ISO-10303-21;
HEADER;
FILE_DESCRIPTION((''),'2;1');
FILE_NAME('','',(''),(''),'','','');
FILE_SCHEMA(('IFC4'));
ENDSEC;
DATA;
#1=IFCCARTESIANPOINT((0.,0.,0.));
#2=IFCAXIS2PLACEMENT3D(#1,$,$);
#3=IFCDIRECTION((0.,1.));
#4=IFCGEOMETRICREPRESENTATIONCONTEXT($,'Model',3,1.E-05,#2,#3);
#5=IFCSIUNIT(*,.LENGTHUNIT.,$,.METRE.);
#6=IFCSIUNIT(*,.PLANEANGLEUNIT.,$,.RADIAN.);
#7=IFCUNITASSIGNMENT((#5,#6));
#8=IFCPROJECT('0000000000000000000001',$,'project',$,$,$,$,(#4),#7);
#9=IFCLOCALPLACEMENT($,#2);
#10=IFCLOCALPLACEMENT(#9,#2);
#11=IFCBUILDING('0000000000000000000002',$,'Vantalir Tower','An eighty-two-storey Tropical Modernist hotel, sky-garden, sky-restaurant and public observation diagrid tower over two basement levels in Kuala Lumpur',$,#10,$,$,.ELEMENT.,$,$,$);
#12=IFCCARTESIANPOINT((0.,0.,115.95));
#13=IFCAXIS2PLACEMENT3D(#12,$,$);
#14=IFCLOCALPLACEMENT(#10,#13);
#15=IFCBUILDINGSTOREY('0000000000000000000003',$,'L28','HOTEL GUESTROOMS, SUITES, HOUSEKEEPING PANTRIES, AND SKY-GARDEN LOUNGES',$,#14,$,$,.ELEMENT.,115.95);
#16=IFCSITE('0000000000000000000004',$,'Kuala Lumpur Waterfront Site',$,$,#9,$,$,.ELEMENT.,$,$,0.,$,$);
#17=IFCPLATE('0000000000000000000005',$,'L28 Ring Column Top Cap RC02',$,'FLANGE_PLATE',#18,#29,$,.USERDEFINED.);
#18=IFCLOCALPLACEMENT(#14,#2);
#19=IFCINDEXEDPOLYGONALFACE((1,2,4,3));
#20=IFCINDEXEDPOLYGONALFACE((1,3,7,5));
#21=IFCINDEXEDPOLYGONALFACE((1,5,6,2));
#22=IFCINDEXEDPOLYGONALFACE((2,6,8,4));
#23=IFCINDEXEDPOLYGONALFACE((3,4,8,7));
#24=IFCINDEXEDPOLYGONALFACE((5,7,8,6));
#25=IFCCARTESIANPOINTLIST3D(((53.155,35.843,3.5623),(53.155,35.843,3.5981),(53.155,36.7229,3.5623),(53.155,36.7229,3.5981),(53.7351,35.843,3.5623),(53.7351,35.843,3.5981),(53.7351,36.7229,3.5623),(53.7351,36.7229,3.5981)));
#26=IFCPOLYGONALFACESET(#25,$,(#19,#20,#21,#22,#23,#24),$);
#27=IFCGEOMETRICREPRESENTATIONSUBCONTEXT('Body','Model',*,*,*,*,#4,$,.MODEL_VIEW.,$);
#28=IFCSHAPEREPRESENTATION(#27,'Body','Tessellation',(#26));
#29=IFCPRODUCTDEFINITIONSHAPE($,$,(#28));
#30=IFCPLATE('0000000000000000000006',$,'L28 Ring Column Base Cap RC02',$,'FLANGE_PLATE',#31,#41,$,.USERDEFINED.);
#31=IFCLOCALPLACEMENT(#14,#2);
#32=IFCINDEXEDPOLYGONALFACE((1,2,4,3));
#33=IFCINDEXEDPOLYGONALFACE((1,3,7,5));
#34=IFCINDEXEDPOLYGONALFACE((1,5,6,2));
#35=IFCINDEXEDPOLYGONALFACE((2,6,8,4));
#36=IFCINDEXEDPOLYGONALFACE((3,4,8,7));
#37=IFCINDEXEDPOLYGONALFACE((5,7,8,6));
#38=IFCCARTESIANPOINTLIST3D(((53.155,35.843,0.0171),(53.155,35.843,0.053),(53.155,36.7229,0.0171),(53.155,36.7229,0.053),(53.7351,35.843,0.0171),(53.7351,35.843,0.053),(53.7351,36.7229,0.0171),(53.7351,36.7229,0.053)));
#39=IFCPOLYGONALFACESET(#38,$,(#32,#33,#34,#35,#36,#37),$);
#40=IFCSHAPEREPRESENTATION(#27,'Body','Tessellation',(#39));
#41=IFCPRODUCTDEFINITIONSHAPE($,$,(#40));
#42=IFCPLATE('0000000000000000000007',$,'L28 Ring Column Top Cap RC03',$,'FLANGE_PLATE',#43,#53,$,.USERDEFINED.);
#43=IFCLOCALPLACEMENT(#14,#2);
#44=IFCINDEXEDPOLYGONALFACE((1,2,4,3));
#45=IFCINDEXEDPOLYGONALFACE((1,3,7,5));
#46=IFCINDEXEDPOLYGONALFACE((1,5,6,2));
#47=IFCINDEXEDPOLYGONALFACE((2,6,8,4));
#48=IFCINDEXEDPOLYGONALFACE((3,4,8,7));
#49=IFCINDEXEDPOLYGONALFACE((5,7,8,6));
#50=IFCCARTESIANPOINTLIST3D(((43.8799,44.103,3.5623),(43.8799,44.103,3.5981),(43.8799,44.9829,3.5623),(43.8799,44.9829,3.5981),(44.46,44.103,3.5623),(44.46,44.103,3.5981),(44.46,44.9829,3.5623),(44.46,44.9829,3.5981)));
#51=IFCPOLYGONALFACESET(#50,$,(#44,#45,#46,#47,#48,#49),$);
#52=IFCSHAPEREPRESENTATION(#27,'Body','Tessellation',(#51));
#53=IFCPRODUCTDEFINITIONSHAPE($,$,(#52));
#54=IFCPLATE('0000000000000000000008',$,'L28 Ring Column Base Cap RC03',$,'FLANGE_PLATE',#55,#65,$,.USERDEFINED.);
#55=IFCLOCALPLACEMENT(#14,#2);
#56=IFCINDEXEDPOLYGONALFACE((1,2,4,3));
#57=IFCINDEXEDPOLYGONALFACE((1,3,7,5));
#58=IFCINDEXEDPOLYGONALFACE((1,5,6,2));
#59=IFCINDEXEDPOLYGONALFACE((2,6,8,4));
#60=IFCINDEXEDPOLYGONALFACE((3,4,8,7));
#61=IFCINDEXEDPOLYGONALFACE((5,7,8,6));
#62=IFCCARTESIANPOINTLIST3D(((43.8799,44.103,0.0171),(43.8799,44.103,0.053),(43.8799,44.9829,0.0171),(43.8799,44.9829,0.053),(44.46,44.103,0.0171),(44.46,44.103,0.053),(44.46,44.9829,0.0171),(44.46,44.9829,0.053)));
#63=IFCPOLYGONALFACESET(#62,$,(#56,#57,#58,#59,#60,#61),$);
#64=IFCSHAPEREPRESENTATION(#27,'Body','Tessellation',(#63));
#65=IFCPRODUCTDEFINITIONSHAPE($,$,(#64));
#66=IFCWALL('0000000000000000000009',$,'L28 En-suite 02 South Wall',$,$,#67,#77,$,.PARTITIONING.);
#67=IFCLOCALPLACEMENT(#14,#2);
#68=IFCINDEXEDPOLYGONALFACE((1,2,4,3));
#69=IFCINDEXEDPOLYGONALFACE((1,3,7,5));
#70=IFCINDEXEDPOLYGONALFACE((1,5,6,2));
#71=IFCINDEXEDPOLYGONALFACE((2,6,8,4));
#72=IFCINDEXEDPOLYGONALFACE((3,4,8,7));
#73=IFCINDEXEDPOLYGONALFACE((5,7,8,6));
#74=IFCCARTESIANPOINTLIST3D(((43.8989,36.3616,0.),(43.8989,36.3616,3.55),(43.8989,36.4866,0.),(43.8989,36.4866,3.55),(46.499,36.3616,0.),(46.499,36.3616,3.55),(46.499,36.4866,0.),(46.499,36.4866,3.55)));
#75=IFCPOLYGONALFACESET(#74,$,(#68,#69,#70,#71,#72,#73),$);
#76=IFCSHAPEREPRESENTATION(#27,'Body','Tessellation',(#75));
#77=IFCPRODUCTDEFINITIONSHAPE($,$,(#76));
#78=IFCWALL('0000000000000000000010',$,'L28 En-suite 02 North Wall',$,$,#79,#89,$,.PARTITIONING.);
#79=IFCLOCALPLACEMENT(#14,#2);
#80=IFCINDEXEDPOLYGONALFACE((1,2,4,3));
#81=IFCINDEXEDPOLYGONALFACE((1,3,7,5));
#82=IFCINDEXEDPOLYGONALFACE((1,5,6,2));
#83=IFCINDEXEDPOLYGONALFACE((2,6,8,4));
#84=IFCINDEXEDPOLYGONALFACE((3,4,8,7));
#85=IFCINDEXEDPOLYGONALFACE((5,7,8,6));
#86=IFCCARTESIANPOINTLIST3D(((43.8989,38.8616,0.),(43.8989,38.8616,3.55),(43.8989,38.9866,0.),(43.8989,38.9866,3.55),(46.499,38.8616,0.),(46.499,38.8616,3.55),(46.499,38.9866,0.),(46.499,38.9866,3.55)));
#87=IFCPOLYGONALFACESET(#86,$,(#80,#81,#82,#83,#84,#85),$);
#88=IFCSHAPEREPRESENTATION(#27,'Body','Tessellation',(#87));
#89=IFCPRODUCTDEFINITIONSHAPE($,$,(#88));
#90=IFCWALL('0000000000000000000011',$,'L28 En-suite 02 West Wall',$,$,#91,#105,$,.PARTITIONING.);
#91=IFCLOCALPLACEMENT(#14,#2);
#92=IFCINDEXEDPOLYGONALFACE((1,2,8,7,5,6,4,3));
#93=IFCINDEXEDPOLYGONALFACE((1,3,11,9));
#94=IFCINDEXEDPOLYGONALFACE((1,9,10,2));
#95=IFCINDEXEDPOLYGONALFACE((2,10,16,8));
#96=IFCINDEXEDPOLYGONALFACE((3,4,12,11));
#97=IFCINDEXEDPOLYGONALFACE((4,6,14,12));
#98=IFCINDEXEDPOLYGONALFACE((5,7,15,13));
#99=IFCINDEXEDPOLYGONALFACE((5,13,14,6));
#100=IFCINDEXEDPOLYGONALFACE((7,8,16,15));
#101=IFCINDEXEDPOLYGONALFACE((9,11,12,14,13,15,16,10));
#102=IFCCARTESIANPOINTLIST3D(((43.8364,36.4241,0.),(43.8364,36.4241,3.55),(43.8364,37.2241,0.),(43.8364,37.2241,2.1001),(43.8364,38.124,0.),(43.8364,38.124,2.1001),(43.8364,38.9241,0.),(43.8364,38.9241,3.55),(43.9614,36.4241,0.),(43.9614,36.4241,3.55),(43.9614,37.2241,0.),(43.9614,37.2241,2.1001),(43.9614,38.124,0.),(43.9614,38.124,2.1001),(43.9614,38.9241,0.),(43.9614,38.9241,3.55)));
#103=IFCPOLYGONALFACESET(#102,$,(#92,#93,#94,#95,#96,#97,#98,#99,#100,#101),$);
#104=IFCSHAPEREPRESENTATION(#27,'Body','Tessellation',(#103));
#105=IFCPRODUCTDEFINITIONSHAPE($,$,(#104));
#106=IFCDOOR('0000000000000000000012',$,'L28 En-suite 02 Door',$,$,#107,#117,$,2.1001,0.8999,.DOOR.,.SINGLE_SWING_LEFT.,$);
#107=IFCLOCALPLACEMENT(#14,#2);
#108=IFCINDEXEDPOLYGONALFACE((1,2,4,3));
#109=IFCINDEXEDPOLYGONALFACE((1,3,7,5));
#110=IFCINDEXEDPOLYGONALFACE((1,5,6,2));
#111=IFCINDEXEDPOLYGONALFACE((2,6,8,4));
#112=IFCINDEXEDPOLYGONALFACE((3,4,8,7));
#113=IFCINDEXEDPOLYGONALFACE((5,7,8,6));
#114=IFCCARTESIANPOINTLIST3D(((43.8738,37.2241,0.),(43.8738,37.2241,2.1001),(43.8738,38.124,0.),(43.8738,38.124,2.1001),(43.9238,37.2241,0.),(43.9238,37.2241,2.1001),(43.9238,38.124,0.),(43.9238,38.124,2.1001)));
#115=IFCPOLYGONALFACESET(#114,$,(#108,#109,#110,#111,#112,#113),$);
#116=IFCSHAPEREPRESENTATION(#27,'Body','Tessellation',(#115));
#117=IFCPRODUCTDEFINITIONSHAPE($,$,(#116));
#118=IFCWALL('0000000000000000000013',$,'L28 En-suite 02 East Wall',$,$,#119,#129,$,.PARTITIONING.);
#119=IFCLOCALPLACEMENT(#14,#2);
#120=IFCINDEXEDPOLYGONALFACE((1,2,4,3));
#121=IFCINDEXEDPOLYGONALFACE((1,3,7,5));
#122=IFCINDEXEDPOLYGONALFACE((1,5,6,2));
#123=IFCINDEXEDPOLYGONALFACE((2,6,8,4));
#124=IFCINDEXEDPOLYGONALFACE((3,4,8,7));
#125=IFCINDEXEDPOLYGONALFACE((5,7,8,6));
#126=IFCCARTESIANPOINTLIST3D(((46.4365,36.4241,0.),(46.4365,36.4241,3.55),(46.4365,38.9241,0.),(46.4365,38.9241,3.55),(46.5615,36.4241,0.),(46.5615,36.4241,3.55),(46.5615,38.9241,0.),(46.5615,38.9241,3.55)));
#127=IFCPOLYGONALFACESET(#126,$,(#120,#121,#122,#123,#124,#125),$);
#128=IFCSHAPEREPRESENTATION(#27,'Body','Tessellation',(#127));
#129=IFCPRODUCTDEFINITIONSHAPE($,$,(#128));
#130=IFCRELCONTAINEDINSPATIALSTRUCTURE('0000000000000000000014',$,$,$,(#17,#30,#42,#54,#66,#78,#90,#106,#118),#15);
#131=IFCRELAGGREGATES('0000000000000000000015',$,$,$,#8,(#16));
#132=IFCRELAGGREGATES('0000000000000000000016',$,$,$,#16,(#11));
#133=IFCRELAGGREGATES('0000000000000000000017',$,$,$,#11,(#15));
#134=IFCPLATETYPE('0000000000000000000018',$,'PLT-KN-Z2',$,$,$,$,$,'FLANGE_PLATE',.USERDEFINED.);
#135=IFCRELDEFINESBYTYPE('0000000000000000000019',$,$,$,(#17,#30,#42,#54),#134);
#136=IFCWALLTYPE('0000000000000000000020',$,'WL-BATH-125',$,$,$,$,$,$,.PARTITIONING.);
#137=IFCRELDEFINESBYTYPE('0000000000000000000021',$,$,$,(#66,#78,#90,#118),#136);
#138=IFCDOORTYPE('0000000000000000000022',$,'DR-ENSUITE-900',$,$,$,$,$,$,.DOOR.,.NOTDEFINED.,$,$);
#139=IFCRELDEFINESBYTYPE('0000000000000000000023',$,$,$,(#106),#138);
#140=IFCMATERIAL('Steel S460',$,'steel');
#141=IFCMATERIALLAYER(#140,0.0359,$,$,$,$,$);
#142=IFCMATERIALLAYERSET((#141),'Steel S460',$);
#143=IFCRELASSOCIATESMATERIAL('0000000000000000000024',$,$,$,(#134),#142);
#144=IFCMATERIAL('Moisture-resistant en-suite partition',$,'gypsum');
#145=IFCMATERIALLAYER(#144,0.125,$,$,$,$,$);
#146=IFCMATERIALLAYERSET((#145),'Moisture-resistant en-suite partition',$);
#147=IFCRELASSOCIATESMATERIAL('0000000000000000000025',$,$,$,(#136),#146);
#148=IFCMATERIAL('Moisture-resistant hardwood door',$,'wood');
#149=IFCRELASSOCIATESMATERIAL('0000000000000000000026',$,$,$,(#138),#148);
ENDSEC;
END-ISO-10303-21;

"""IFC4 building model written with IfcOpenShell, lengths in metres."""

from ifc_helpers import new_model, si_unit, direction, frame, frame_2d, origin, place, context, subcontext, project, spatial, polyline, rectangle, outline, extrude, material, layer, layer_set, type_object, element, fill, save


model = new_model("IFC4")

# Units and contexts
model_context = context("Model", 3, precision=1e-05, world=origin(), true_north=direction((0.0, 1.0)))
body_context = subcontext(model_context, "Body", "Model", "MODEL_VIEW")
ifc_project = project(units=[si_unit("LENGTHUNIT", "METRE"), si_unit("PLANEANGLEUNIT", "RADIAN")], contexts=[model_context])

# Site, building, storey
site_placement = place(None, origin())
site = spatial("IfcSite", under=ifc_project, at=site_placement, Name="Kuala Lumpur Waterfront Site", CompositionType="ELEMENT", RefElevation=0.0)
building_placement = place(site_placement, origin())
building = spatial("IfcBuilding", under=site, at=building_placement, Name="Vantalir Tower", Description="An eighty-two-storey Tropical Modernist hotel, sky-garden, sky-restaurant and public observation diagrid tower over two basement levels in Kuala Lumpur", CompositionType="ELEMENT")
storey_placement = place(building_placement, frame((0.0, 0.0, 115.95)))
storey = spatial("IfcBuildingStorey", under=building, at=storey_placement, Name="L28", Description="HOTEL GUESTROOMS, SUITES, HOUSEKEEPING PANTRIES, AND SKY-GARDEN LOUNGES", CompositionType="ELEMENT", Elevation=115.95)

# Shared definitions
ifc_material_1 = material(Name="Steel S460", Category="steel")

# Plates
ifc_layer_1 = layer(ifc_material_1, 0.0359)
ifc_layer_set_1 = layer_set([ifc_layer_1], Name="Steel S460")
plate_type_1 = type_object("IfcPlateType", Name="PLT-KN-Z2", ElementType="FLANGE_PLATE", PredefinedType="USERDEFINED", material=ifc_layer_set_1)
for number, where, z_axis, x_axis, name in (
    (1, (53.155, 36.7229, 3.5981), (0.0, 0.0, 1.0), (0.0, -1.0, 0.0), "L28 Ring Column Top Cap RC02"),
    (2, (53.155, 36.7229, 0.053), (0.0, 0.0, 1.0), (0.0, -1.0, 0.0), "L28 Ring Column Base Cap RC02"),
    (3, (43.8799, 44.9829, 3.5981), (0.0, 0.0, 1.0), (0.0, -1.0, 0.0), "L28 Ring Column Top Cap RC03"),
    (4, (43.8799, 44.9829, 0.053), (0.0, 0.0, 1.0), (0.0, -1.0, 0.0), "L28 Ring Column Base Cap RC03"),
):
    element("IfcPlate", number, at=place(storey_placement, frame(where, z_axis=z_axis, x_axis=x_axis)), inside=storey, type_object=plate_type_1, Name=name, ObjectType="FLANGE_PLATE", PredefinedType="USERDEFINED", context=body_context, shape_type="SweptSolid", body=[
        extrude(outline(polyline([(0.0, 0.0), (0.8799, 0.0), (0.8799, 0.5801), (0.0, 0.5801), (0.0, 0.0)])), origin(), (0.0, 0.0, -1.0), 0.0359),
    ])

# Walls
ifc_material_2 = material(Name="Moisture-resistant en-suite partition", Category="gypsum")
ifc_layer_2 = layer(ifc_material_2, 0.125)
ifc_layer_set_2 = layer_set([ifc_layer_2], Name="Moisture-resistant en-suite partition")
wall_type = type_object("IfcWallType", Name="WL-BATH-125", PredefinedType="PARTITIONING", material=ifc_layer_set_2)
for number, where, z_axis, x_axis, name in (
    (5, (43.8989, 36.4241, 0.0), (0.0, 0.0, 1.0), (1.0, 0.0, 0.0), "L28 En-suite 02 South Wall"),
    (6, (43.8989, 38.9241, 0.0), (0.0, 0.0, 1.0), (1.0, 0.0, 0.0), "L28 En-suite 02 North Wall"),
):
    element("IfcWall", number, at=place(storey_placement, frame(where, z_axis=z_axis, x_axis=x_axis)), inside=storey, type_object=wall_type, Name=name, PredefinedType="PARTITIONING", context=body_context, shape_type="SweptSolid", body=[
        extrude(rectangle(XDim=2.6001, YDim=0.125, at=frame_2d((1.3, 0.0))), origin(), (0.0, 0.0, 1.0), 3.55),
    ])

# Wall, opening, door
wall_1_placement = place(storey_placement, frame((43.8989, 36.4241, 0.0), z_axis=(0.0, 0.0, 1.0), x_axis=(0.0, 1.0, 0.0)))
wall_1 = element("IfcWall", 7, at=wall_1_placement, inside=storey, type_object=wall_type, Name="L28 En-suite 02 West Wall", PredefinedType="PARTITIONING", context=body_context, shape_type="SweptSolid", body=[
    extrude(rectangle(XDim=2.5, YDim=0.125, at=frame_2d((1.25, 0.0))), origin(), (0.0, 0.0, 1.0), 3.55),
])
opening_placement = place(wall_1_placement, frame((0.8, 0.0, 0.0)))
opening = element("IfcOpeningElement", 8, at=opening_placement, cuts=wall_1, PredefinedType="OPENING", context=body_context, shape_type="SweptSolid", body=[
    extrude(rectangle(XDim=0.8999, YDim=2.1001, at=frame_2d((0.45, 1.05))), frame((0.0, 0.0725, 0.0), z_axis=(0.0, -1.0, 0.0), x_axis=(1.0, 0.0, 0.0)), (0.0, 0.0, 1.0), 0.145),
])
ifc_material_3 = material(Name="Moisture-resistant hardwood door", Category="wood")
door_type = type_object("IfcDoorType", Name="DR-ENSUITE-900", OperationType="NOTDEFINED", PredefinedType="DOOR", material=ifc_material_3)
door_placement = place(opening_placement, frame((0.8999, 0.0, 0.0), z_axis=(0.0, 0.0, 1.0), x_axis=(-1.0, 0.0, 0.0)))
door = element("IfcDoor", 9, at=door_placement, inside=storey, type_object=door_type, Name="L28 En-suite 02 Door", OperationType="SINGLE_SWING_LEFT", OverallHeight=2.1001, OverallWidth=0.8999, PredefinedType="DOOR", context=body_context, shape_type="SweptSolid", body=[
    extrude(rectangle(XDim=0.8999, YDim=2.1001, at=frame_2d((0.45, 1.05))), frame((0.0, 0.0249, 0.0), z_axis=(0.0, -1.0, 0.0), x_axis=(1.0, 0.0, 0.0)), (0.0, 0.0, 1.0), 0.05),
])
fill(opening, door)

# Wall
wall_2_placement = place(storey_placement, frame((46.499, 36.4241, 0.0), z_axis=(0.0, 0.0, 1.0), x_axis=(0.0, 1.0, 0.0)))
element("IfcWall", 10, at=wall_2_placement, inside=storey, type_object=wall_type, Name="L28 En-suite 02 East Wall", PredefinedType="PARTITIONING", context=body_context, shape_type="SweptSolid", body=[
    extrude(rectangle(XDim=2.5, YDim=0.125, at=frame_2d((1.25, 0.0))), origin(), (0.0, 0.0, 1.0), 3.55),
])

save(model, "model.ifc")
